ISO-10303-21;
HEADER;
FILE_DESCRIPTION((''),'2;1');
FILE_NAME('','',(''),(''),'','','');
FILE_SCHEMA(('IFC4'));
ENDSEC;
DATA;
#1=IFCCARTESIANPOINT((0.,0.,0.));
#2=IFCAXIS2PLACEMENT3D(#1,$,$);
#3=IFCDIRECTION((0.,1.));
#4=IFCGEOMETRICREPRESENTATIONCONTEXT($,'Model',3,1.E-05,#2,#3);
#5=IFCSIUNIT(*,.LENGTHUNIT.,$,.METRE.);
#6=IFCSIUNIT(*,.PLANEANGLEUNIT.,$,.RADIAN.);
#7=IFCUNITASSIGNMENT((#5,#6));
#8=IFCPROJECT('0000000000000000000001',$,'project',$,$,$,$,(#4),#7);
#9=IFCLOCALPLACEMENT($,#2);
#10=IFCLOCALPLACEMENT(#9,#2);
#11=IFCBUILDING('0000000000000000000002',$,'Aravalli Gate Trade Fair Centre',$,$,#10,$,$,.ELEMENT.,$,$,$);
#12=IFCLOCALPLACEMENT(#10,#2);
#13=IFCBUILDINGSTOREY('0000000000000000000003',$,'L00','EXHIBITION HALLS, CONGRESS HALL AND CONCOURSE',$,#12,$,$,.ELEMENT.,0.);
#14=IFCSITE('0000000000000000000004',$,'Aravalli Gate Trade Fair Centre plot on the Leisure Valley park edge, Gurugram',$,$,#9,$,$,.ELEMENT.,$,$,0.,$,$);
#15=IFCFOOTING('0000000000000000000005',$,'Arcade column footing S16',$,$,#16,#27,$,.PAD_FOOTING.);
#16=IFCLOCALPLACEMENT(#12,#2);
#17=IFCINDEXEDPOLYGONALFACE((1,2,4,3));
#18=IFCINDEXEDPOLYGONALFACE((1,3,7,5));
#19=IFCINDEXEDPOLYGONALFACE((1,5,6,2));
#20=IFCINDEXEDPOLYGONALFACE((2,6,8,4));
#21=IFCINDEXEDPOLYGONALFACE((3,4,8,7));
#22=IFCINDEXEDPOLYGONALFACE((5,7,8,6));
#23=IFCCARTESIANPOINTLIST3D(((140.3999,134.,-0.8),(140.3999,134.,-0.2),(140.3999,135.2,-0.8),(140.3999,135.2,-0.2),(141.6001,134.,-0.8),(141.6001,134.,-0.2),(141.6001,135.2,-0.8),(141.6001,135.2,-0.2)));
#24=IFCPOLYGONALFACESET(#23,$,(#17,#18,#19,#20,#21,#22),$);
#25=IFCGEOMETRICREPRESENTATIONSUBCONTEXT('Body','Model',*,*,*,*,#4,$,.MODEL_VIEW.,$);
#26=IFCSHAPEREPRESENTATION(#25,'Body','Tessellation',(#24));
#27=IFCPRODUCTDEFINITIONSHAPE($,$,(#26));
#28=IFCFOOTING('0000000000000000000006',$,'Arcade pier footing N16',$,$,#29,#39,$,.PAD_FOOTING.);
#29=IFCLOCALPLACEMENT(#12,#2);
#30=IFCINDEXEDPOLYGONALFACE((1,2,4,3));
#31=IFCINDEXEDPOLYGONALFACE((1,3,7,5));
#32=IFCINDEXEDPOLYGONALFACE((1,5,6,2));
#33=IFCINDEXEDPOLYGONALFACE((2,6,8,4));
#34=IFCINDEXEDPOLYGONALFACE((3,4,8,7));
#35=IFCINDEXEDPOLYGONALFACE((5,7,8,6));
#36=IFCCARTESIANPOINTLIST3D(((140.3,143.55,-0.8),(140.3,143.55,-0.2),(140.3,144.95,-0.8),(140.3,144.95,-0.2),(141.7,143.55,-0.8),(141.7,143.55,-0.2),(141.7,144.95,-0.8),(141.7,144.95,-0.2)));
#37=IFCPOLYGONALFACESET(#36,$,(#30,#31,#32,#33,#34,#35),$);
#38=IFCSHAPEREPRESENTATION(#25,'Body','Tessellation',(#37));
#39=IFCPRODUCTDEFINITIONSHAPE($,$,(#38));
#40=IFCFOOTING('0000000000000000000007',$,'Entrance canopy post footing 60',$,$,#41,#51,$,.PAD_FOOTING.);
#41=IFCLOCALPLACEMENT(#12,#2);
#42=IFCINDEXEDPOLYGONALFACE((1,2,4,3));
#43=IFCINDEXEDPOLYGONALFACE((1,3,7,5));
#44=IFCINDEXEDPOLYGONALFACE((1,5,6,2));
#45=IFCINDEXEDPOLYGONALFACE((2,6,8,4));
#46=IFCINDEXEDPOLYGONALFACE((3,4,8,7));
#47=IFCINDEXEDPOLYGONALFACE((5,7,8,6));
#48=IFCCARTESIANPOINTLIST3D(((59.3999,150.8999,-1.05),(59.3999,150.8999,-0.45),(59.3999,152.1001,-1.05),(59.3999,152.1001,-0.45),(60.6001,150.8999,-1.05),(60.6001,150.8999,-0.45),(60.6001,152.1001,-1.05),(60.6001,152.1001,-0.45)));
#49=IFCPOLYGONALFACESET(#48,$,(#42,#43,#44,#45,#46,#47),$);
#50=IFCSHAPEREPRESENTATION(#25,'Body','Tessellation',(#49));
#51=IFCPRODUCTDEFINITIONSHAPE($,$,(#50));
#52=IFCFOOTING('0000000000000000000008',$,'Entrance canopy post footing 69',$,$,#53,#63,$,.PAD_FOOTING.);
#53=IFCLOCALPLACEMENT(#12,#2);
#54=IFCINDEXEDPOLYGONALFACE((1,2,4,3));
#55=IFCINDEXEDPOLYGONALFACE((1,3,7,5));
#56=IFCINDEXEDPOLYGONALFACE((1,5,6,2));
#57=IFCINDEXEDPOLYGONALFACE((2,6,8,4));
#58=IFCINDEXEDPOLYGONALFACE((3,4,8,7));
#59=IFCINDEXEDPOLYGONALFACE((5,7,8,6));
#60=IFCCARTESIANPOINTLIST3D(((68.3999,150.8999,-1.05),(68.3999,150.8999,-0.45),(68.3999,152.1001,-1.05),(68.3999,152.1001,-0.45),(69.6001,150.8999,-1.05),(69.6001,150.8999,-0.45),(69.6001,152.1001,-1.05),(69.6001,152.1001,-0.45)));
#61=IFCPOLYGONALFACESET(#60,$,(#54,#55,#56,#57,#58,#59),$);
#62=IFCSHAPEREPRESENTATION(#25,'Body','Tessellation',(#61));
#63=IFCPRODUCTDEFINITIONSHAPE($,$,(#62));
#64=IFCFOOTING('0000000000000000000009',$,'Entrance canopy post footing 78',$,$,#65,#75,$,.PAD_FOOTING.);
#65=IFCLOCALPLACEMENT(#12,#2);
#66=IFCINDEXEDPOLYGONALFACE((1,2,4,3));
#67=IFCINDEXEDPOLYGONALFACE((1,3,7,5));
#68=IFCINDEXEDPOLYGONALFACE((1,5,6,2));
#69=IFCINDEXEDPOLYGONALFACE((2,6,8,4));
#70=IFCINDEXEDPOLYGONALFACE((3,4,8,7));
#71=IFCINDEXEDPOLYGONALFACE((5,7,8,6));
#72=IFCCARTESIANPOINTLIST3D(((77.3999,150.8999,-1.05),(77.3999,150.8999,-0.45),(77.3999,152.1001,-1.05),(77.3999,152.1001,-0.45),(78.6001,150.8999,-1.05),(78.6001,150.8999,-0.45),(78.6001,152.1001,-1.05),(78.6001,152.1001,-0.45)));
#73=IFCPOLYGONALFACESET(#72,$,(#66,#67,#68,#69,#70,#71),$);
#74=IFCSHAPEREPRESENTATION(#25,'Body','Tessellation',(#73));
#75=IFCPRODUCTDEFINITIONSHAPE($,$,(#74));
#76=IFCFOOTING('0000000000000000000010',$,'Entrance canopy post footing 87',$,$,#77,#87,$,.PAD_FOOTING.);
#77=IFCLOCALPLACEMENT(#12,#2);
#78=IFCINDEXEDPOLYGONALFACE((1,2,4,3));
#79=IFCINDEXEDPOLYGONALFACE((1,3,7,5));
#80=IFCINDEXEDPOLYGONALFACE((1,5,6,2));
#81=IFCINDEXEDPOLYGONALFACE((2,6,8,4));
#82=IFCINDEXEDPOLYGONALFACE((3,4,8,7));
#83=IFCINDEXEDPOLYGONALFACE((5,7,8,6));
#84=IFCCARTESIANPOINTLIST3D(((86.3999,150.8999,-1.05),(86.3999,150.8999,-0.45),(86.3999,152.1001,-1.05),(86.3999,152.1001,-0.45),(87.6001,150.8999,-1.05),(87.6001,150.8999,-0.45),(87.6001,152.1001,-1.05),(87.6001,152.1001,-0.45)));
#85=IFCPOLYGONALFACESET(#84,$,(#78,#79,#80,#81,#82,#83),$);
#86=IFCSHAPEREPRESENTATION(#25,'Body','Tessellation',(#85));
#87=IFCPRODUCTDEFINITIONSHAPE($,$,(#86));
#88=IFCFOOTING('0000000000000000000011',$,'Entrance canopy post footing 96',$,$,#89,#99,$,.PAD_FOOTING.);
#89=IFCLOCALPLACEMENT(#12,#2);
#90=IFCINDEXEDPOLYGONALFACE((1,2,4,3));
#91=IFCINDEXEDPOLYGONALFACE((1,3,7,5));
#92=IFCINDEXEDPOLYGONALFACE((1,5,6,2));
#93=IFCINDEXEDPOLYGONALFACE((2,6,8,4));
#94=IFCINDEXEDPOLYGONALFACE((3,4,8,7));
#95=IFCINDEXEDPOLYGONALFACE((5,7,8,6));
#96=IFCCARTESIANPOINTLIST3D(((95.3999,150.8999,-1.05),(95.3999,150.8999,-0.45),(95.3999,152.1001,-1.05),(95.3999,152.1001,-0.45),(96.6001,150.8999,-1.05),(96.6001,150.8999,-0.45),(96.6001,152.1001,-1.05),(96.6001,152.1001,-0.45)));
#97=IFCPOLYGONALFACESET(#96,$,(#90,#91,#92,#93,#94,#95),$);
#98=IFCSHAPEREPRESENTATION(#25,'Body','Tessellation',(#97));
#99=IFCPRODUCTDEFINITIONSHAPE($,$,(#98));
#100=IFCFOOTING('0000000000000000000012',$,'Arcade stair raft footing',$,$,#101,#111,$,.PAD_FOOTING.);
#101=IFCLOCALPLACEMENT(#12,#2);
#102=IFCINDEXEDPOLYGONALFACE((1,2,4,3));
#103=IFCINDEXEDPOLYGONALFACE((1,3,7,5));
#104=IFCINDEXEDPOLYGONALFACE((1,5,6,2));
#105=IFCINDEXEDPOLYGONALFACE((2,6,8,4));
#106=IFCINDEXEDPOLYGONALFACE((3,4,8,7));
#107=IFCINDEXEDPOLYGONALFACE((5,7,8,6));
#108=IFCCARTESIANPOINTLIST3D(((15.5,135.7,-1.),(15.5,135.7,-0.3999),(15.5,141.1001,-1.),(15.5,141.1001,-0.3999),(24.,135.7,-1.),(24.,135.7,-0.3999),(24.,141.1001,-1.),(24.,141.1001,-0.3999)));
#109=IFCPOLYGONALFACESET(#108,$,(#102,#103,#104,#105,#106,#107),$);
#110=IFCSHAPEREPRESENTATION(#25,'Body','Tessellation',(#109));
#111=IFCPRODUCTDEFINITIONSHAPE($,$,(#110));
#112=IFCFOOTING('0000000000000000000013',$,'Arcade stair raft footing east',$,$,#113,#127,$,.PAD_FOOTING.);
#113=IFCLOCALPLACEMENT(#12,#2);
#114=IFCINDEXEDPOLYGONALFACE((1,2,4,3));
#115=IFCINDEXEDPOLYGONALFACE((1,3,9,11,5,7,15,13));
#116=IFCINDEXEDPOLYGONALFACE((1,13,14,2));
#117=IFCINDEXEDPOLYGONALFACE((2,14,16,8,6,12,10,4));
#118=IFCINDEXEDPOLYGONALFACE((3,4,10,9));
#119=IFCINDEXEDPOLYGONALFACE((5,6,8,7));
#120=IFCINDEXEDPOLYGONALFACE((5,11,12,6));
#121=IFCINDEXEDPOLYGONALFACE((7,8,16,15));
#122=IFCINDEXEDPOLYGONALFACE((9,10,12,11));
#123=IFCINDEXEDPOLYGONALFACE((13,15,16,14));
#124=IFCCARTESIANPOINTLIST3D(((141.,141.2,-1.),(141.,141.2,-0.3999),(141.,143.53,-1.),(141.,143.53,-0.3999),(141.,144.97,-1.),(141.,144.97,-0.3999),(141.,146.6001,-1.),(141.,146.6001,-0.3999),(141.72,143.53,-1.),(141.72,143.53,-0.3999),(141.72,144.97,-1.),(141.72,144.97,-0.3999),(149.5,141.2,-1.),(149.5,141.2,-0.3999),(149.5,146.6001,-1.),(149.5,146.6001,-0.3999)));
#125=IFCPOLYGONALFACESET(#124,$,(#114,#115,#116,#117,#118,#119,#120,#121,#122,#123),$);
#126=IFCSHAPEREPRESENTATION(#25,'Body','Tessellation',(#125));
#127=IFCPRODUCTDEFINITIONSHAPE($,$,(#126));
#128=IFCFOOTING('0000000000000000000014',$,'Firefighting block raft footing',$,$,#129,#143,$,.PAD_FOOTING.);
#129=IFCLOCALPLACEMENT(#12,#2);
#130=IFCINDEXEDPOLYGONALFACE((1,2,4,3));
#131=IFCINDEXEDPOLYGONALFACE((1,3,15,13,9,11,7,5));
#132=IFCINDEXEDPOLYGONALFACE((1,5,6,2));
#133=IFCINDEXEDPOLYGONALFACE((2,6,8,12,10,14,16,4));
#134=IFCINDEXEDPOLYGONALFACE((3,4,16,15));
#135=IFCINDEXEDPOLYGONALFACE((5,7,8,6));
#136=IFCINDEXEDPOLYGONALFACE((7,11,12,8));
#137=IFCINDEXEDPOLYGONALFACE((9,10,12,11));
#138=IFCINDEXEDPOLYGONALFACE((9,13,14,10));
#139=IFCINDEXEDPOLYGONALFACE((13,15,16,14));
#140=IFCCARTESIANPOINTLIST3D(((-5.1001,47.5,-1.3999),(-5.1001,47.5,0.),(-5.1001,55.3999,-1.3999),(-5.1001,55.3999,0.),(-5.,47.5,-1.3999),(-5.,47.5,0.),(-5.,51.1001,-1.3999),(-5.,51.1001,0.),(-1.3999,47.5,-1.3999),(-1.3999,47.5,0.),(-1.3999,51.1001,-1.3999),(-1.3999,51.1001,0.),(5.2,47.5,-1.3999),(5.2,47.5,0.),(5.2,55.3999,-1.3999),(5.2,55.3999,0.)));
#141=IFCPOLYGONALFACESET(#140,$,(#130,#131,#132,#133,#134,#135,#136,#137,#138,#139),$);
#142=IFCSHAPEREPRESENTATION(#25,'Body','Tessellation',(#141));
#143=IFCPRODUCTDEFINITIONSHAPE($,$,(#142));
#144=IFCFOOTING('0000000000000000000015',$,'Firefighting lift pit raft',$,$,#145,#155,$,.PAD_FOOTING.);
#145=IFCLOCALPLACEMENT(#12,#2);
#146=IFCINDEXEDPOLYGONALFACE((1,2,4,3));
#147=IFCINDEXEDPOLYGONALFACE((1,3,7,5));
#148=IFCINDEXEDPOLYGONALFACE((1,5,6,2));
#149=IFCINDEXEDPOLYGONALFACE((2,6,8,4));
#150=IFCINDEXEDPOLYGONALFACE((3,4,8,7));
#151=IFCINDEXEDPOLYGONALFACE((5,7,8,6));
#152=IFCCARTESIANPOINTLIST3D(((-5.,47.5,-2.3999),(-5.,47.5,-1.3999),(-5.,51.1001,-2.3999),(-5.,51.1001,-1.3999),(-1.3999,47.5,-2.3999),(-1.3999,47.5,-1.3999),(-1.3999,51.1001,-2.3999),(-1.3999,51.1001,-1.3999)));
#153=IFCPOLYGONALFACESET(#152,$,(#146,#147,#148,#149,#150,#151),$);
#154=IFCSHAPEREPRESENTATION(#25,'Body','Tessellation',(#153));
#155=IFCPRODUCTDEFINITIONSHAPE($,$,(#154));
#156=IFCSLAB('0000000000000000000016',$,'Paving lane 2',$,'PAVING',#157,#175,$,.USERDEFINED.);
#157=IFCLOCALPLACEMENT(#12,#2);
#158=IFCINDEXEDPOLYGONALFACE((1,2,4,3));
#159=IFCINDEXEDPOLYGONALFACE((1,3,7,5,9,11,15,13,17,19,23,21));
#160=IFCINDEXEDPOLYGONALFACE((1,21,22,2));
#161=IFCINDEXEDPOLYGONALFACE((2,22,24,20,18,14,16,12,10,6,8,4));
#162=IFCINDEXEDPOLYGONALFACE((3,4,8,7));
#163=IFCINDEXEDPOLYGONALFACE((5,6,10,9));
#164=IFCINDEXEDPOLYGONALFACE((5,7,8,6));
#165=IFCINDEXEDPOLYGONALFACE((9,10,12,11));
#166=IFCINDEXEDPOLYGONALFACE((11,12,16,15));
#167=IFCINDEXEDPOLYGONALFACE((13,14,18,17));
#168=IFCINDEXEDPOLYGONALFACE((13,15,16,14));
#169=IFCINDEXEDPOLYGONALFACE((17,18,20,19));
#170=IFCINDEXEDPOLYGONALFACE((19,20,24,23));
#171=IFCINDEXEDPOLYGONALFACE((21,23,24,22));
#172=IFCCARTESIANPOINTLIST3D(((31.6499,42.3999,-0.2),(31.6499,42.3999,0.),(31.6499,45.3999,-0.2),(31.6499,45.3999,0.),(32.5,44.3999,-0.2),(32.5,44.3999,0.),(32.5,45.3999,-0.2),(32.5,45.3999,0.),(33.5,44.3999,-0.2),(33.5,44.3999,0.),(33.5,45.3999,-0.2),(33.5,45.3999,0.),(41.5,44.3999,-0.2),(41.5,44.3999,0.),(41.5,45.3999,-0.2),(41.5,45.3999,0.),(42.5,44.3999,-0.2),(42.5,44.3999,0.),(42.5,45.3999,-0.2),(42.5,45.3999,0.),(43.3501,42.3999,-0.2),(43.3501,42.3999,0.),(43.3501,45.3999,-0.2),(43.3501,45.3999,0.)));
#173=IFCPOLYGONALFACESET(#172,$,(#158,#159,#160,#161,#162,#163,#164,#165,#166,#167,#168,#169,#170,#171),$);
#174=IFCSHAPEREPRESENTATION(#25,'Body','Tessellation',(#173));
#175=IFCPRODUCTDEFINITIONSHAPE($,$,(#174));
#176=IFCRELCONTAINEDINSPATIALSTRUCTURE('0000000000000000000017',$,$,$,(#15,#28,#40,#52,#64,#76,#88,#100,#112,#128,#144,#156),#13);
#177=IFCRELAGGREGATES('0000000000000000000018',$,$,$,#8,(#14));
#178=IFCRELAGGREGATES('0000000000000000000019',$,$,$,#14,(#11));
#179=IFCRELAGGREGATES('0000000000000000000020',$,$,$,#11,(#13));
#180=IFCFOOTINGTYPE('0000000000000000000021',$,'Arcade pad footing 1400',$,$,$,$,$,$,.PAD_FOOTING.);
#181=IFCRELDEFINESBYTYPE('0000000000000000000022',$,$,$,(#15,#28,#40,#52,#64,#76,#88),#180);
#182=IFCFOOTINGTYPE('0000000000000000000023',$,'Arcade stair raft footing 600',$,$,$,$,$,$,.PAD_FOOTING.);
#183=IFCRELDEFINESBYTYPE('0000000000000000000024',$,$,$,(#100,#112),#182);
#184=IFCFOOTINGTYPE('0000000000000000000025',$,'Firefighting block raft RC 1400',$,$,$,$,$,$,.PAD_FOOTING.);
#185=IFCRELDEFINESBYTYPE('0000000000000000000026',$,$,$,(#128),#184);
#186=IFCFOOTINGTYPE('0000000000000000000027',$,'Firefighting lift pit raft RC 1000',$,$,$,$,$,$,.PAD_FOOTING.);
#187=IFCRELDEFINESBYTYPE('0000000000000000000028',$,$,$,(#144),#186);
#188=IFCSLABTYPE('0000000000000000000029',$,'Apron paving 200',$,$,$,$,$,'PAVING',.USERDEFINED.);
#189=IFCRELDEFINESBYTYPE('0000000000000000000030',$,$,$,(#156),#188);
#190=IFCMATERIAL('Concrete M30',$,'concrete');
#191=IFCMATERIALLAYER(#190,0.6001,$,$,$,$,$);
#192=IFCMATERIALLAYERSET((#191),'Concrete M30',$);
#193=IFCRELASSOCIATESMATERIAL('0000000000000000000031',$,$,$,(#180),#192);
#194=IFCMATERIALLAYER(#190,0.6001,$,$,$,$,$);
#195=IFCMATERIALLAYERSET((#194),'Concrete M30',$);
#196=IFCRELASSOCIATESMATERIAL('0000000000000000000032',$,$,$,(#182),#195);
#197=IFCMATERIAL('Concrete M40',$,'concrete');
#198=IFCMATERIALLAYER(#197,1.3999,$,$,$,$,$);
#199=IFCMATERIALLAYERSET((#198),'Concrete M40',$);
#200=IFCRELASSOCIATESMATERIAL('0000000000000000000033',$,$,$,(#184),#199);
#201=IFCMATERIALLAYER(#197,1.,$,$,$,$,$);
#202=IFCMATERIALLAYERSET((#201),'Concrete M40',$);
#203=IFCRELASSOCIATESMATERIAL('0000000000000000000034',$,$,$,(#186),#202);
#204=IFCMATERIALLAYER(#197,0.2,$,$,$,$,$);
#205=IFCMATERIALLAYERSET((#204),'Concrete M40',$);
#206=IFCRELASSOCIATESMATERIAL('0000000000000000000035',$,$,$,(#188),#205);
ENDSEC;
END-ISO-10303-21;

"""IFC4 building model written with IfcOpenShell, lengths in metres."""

from ifc_helpers import new_model, si_unit, direction, frame, origin, place, context, subcontext, project, spatial, polyline, outline, extrude, material, layer, layer_set, type_object, element, save


model = new_model("IFC4")

# Units and contexts
model_context = context("Model", 3, precision=1e-05, world=origin(), true_north=direction((0.0, 1.0)))
body_context = subcontext(model_context, "Body", "Model", "MODEL_VIEW")
ifc_project = project(units=[si_unit("LENGTHUNIT", "METRE"), si_unit("PLANEANGLEUNIT", "RADIAN")], contexts=[model_context])

# Site, building, storey
site_placement = place(None, origin())
site = spatial("IfcSite", under=ifc_project, at=site_placement, Name="Aravalli Gate Trade Fair Centre plot on the Leisure Valley park edge, Gurugram", CompositionType="ELEMENT", RefElevation=0.0)
building_placement = place(site_placement, origin())
building = spatial("IfcBuilding", under=site, at=building_placement, Name="Aravalli Gate Trade Fair Centre", CompositionType="ELEMENT")
storey_placement = place(building_placement, origin())
storey = spatial("IfcBuildingStorey", under=building, at=storey_placement, Name="L00", Description="EXHIBITION HALLS, CONGRESS HALL AND CONCOURSE", CompositionType="ELEMENT", Elevation=0.0)

# Footings
ifc_material_1 = material(Name="Concrete M30", Category="concrete")
ifc_layer_1 = layer(ifc_material_1, 0.6001)
ifc_layer_set_1 = layer_set([ifc_layer_1], Name="Concrete M30")
footing_type_1 = type_object("IfcFootingType", Name="Arcade pad footing 1400", PredefinedType="PAD_FOOTING", material=ifc_layer_set_1)
footing_1_placement = place(storey_placement, frame((0.0, 0.0, -0.8)))
element("IfcFooting", 1, at=footing_1_placement, inside=storey, type_object=footing_type_1, Name="Arcade column footing S16", PredefinedType="PAD_FOOTING", context=body_context, shape_type="SweptSolid", body=[
    extrude(outline(polyline([(140.3999, 134.0), (141.6001, 134.0), (141.6001, 135.2), (140.3999, 135.2), (140.3999, 134.0)])), origin(), (0.0, 0.0, 1.0), 0.6001),
])
footing_2_placement = place(storey_placement, frame((0.0, 0.0, -0.8)))
element("IfcFooting", 2, at=footing_2_placement, inside=storey, type_object=footing_type_1, Name="Arcade pier footing N16", PredefinedType="PAD_FOOTING", context=body_context, shape_type="SweptSolid", body=[
    extrude(outline(polyline([(140.3, 143.55), (141.7, 143.55), (141.7, 144.95), (140.3, 144.95), (140.3, 143.55)])), origin(), (0.0, 0.0, 1.0), 0.6001),
])
footing_3_placement = place(storey_placement, frame((0.0, 0.0, -1.05)))
element("IfcFooting", 3, at=footing_3_placement, inside=storey, type_object=footing_type_1, Name="Entrance canopy post footing 60", PredefinedType="PAD_FOOTING", context=body_context, shape_type="SweptSolid", body=[
    extrude(outline(polyline([(59.3999, 150.8999), (60.6001, 150.8999), (60.6001, 152.1001), (59.3999, 152.1001), (59.3999, 150.8999)])), origin(), (0.0, 0.0, 1.0), 0.6001),
])
footing_4_placement = place(storey_placement, frame((0.0, 0.0, -1.05)))
element("IfcFooting", 4, at=footing_4_placement, inside=storey, type_object=footing_type_1, Name="Entrance canopy post footing 69", PredefinedType="PAD_FOOTING", context=body_context, shape_type="SweptSolid", body=[
    extrude(outline(polyline([(68.3999, 150.8999), (69.6001, 150.8999), (69.6001, 152.1001), (68.3999, 152.1001), (68.3999, 150.8999)])), origin(), (0.0, 0.0, 1.0), 0.6001),
])
footing_5_placement = place(storey_placement, frame((0.0, 0.0, -1.05)))
element("IfcFooting", 5, at=footing_5_placement, inside=storey, type_object=footing_type_1, Name="Entrance canopy post footing 78", PredefinedType="PAD_FOOTING", context=body_context, shape_type="SweptSolid", body=[
    extrude(outline(polyline([(77.3999, 150.8999), (78.6001, 150.8999), (78.6001, 152.1001), (77.3999, 152.1001), (77.3999, 150.8999)])), origin(), (0.0, 0.0, 1.0), 0.6001),
])
footing_6_placement = place(storey_placement, frame((0.0, 0.0, -1.05)))
element("IfcFooting", 6, at=footing_6_placement, inside=storey, type_object=footing_type_1, Name="Entrance canopy post footing 87", PredefinedType="PAD_FOOTING", context=body_context, shape_type="SweptSolid", body=[
    extrude(outline(polyline([(86.3999, 150.8999), (87.6001, 150.8999), (87.6001, 152.1001), (86.3999, 152.1001), (86.3999, 150.8999)])), origin(), (0.0, 0.0, 1.0), 0.6001),
])
footing_7_placement = place(storey_placement, frame((0.0, 0.0, -1.05)))
element("IfcFooting", 7, at=footing_7_placement, inside=storey, type_object=footing_type_1, Name="Entrance canopy post footing 96", PredefinedType="PAD_FOOTING", context=body_context, shape_type="SweptSolid", body=[
    extrude(outline(polyline([(95.3999, 150.8999), (96.6001, 150.8999), (96.6001, 152.1001), (95.3999, 152.1001), (95.3999, 150.8999)])), origin(), (0.0, 0.0, 1.0), 0.6001),
])
ifc_layer_2 = layer(ifc_material_1, 0.6001)
ifc_layer_set_2 = layer_set([ifc_layer_2], Name="Concrete M30")
footing_type_2 = type_object("IfcFootingType", Name="Arcade stair raft footing 600", PredefinedType="PAD_FOOTING", material=ifc_layer_set_2)
footing_8_placement = place(storey_placement, frame((0.0, 0.0, -1.0)))
element("IfcFooting", 8, at=footing_8_placement, inside=storey, type_object=footing_type_2, Name="Arcade stair raft footing", PredefinedType="PAD_FOOTING", context=body_context, shape_type="SweptSolid", body=[
    extrude(outline(polyline([(15.5, 135.7), (24.0, 135.7), (24.0, 141.1001), (15.5, 141.1001), (15.5, 135.7)])), origin(), (0.0, 0.0, 1.0), 0.6001),
])
footing_9_placement = place(storey_placement, frame((0.0, 0.0, -1.0)))
element("IfcFooting", 9, at=footing_9_placement, inside=storey, type_object=footing_type_2, Name="Arcade stair raft footing east", PredefinedType="PAD_FOOTING", context=body_context, shape_type="SweptSolid", body=[
    extrude(outline(polyline([(141.0, 146.6001), (141.0, 144.97), (141.72, 144.97), (141.72, 143.53), (141.0, 143.53), (141.0, 141.2), (149.5, 141.2), (149.5, 146.6001), (141.0, 146.6001)])), origin(), (0.0, 0.0, 1.0), 0.6001),
])
ifc_material_2 = material(Name="Concrete M40", Category="concrete")
ifc_layer_3 = layer(ifc_material_2, 1.3999)
ifc_layer_set_3 = layer_set([ifc_layer_3], Name="Concrete M40")
footing_type_3 = type_object("IfcFootingType", Name="Firefighting block raft RC 1400", PredefinedType="PAD_FOOTING", material=ifc_layer_set_3)
footing_10_placement = place(storey_placement, frame((0.0, 0.0, -1.3999)))
element("IfcFooting", 10, at=footing_10_placement, inside=storey, type_object=footing_type_3, Name="Firefighting block raft footing", PredefinedType="PAD_FOOTING", context=body_context, shape_type="SweptSolid", body=[
    extrude(outline(polyline([(-5.1001, 47.5), (-5.1001, 55.3999), (5.2, 55.3999), (5.2, 47.5), (-1.3999, 47.5), (-1.3999, 51.1001), (-5.0, 51.1001), (-5.0, 47.5), (-5.1001, 47.5)])), origin(), (0.0, 0.0, 1.0), 1.3999),
])
ifc_layer_4 = layer(ifc_material_2, 1.0)
ifc_layer_set_4 = layer_set([ifc_layer_4], Name="Concrete M40")
footing_type_4 = type_object("IfcFootingType", Name="Firefighting lift pit raft RC 1000", PredefinedType="PAD_FOOTING", material=ifc_layer_set_4)
footing_11_placement = place(storey_placement, frame((0.0, 0.0, -2.3999)))
element("IfcFooting", 11, at=footing_11_placement, inside=storey, type_object=footing_type_4, Name="Firefighting lift pit raft", PredefinedType="PAD_FOOTING", context=body_context, shape_type="SweptSolid", body=[
    extrude(outline(polyline([(-5.0, 47.5), (-1.3999, 47.5), (-1.3999, 51.1001), (-5.0, 51.1001), (-5.0, 47.5)])), origin(), (0.0, 0.0, 1.0), 1.0),
])

# Slab
ifc_layer_5 = layer(ifc_material_2, 0.2)
ifc_layer_set_5 = layer_set([ifc_layer_5], Name="Concrete M40")
slab_type_1 = type_object("IfcSlabType", Name="Apron paving 200", ElementType="PAVING", PredefinedType="USERDEFINED", material=ifc_layer_set_5)
slab_1_placement = place(storey_placement, frame((0.0, 0.0, -0.2)))
element("IfcSlab", 12, at=slab_1_placement, inside=storey, type_object=slab_type_1, Name="Paving lane 2", ObjectType="PAVING", PredefinedType="USERDEFINED", context=body_context, shape_type="SweptSolid", body=[
    extrude(outline(polyline([(32.5, 45.3999), (32.5, 44.3999), (33.5, 44.3999), (33.5, 45.3999), (41.5, 45.3999), (41.5, 44.3999), (42.5, 44.3999), (42.5, 45.3999), (43.3501, 45.3999), (43.3501, 42.3999), (31.6499, 42.3999), (31.6499, 45.3999), (32.5, 45.3999)])), origin(), (0.0, 0.0, 1.0), 0.2),
])

save(model, "model.ifc")
